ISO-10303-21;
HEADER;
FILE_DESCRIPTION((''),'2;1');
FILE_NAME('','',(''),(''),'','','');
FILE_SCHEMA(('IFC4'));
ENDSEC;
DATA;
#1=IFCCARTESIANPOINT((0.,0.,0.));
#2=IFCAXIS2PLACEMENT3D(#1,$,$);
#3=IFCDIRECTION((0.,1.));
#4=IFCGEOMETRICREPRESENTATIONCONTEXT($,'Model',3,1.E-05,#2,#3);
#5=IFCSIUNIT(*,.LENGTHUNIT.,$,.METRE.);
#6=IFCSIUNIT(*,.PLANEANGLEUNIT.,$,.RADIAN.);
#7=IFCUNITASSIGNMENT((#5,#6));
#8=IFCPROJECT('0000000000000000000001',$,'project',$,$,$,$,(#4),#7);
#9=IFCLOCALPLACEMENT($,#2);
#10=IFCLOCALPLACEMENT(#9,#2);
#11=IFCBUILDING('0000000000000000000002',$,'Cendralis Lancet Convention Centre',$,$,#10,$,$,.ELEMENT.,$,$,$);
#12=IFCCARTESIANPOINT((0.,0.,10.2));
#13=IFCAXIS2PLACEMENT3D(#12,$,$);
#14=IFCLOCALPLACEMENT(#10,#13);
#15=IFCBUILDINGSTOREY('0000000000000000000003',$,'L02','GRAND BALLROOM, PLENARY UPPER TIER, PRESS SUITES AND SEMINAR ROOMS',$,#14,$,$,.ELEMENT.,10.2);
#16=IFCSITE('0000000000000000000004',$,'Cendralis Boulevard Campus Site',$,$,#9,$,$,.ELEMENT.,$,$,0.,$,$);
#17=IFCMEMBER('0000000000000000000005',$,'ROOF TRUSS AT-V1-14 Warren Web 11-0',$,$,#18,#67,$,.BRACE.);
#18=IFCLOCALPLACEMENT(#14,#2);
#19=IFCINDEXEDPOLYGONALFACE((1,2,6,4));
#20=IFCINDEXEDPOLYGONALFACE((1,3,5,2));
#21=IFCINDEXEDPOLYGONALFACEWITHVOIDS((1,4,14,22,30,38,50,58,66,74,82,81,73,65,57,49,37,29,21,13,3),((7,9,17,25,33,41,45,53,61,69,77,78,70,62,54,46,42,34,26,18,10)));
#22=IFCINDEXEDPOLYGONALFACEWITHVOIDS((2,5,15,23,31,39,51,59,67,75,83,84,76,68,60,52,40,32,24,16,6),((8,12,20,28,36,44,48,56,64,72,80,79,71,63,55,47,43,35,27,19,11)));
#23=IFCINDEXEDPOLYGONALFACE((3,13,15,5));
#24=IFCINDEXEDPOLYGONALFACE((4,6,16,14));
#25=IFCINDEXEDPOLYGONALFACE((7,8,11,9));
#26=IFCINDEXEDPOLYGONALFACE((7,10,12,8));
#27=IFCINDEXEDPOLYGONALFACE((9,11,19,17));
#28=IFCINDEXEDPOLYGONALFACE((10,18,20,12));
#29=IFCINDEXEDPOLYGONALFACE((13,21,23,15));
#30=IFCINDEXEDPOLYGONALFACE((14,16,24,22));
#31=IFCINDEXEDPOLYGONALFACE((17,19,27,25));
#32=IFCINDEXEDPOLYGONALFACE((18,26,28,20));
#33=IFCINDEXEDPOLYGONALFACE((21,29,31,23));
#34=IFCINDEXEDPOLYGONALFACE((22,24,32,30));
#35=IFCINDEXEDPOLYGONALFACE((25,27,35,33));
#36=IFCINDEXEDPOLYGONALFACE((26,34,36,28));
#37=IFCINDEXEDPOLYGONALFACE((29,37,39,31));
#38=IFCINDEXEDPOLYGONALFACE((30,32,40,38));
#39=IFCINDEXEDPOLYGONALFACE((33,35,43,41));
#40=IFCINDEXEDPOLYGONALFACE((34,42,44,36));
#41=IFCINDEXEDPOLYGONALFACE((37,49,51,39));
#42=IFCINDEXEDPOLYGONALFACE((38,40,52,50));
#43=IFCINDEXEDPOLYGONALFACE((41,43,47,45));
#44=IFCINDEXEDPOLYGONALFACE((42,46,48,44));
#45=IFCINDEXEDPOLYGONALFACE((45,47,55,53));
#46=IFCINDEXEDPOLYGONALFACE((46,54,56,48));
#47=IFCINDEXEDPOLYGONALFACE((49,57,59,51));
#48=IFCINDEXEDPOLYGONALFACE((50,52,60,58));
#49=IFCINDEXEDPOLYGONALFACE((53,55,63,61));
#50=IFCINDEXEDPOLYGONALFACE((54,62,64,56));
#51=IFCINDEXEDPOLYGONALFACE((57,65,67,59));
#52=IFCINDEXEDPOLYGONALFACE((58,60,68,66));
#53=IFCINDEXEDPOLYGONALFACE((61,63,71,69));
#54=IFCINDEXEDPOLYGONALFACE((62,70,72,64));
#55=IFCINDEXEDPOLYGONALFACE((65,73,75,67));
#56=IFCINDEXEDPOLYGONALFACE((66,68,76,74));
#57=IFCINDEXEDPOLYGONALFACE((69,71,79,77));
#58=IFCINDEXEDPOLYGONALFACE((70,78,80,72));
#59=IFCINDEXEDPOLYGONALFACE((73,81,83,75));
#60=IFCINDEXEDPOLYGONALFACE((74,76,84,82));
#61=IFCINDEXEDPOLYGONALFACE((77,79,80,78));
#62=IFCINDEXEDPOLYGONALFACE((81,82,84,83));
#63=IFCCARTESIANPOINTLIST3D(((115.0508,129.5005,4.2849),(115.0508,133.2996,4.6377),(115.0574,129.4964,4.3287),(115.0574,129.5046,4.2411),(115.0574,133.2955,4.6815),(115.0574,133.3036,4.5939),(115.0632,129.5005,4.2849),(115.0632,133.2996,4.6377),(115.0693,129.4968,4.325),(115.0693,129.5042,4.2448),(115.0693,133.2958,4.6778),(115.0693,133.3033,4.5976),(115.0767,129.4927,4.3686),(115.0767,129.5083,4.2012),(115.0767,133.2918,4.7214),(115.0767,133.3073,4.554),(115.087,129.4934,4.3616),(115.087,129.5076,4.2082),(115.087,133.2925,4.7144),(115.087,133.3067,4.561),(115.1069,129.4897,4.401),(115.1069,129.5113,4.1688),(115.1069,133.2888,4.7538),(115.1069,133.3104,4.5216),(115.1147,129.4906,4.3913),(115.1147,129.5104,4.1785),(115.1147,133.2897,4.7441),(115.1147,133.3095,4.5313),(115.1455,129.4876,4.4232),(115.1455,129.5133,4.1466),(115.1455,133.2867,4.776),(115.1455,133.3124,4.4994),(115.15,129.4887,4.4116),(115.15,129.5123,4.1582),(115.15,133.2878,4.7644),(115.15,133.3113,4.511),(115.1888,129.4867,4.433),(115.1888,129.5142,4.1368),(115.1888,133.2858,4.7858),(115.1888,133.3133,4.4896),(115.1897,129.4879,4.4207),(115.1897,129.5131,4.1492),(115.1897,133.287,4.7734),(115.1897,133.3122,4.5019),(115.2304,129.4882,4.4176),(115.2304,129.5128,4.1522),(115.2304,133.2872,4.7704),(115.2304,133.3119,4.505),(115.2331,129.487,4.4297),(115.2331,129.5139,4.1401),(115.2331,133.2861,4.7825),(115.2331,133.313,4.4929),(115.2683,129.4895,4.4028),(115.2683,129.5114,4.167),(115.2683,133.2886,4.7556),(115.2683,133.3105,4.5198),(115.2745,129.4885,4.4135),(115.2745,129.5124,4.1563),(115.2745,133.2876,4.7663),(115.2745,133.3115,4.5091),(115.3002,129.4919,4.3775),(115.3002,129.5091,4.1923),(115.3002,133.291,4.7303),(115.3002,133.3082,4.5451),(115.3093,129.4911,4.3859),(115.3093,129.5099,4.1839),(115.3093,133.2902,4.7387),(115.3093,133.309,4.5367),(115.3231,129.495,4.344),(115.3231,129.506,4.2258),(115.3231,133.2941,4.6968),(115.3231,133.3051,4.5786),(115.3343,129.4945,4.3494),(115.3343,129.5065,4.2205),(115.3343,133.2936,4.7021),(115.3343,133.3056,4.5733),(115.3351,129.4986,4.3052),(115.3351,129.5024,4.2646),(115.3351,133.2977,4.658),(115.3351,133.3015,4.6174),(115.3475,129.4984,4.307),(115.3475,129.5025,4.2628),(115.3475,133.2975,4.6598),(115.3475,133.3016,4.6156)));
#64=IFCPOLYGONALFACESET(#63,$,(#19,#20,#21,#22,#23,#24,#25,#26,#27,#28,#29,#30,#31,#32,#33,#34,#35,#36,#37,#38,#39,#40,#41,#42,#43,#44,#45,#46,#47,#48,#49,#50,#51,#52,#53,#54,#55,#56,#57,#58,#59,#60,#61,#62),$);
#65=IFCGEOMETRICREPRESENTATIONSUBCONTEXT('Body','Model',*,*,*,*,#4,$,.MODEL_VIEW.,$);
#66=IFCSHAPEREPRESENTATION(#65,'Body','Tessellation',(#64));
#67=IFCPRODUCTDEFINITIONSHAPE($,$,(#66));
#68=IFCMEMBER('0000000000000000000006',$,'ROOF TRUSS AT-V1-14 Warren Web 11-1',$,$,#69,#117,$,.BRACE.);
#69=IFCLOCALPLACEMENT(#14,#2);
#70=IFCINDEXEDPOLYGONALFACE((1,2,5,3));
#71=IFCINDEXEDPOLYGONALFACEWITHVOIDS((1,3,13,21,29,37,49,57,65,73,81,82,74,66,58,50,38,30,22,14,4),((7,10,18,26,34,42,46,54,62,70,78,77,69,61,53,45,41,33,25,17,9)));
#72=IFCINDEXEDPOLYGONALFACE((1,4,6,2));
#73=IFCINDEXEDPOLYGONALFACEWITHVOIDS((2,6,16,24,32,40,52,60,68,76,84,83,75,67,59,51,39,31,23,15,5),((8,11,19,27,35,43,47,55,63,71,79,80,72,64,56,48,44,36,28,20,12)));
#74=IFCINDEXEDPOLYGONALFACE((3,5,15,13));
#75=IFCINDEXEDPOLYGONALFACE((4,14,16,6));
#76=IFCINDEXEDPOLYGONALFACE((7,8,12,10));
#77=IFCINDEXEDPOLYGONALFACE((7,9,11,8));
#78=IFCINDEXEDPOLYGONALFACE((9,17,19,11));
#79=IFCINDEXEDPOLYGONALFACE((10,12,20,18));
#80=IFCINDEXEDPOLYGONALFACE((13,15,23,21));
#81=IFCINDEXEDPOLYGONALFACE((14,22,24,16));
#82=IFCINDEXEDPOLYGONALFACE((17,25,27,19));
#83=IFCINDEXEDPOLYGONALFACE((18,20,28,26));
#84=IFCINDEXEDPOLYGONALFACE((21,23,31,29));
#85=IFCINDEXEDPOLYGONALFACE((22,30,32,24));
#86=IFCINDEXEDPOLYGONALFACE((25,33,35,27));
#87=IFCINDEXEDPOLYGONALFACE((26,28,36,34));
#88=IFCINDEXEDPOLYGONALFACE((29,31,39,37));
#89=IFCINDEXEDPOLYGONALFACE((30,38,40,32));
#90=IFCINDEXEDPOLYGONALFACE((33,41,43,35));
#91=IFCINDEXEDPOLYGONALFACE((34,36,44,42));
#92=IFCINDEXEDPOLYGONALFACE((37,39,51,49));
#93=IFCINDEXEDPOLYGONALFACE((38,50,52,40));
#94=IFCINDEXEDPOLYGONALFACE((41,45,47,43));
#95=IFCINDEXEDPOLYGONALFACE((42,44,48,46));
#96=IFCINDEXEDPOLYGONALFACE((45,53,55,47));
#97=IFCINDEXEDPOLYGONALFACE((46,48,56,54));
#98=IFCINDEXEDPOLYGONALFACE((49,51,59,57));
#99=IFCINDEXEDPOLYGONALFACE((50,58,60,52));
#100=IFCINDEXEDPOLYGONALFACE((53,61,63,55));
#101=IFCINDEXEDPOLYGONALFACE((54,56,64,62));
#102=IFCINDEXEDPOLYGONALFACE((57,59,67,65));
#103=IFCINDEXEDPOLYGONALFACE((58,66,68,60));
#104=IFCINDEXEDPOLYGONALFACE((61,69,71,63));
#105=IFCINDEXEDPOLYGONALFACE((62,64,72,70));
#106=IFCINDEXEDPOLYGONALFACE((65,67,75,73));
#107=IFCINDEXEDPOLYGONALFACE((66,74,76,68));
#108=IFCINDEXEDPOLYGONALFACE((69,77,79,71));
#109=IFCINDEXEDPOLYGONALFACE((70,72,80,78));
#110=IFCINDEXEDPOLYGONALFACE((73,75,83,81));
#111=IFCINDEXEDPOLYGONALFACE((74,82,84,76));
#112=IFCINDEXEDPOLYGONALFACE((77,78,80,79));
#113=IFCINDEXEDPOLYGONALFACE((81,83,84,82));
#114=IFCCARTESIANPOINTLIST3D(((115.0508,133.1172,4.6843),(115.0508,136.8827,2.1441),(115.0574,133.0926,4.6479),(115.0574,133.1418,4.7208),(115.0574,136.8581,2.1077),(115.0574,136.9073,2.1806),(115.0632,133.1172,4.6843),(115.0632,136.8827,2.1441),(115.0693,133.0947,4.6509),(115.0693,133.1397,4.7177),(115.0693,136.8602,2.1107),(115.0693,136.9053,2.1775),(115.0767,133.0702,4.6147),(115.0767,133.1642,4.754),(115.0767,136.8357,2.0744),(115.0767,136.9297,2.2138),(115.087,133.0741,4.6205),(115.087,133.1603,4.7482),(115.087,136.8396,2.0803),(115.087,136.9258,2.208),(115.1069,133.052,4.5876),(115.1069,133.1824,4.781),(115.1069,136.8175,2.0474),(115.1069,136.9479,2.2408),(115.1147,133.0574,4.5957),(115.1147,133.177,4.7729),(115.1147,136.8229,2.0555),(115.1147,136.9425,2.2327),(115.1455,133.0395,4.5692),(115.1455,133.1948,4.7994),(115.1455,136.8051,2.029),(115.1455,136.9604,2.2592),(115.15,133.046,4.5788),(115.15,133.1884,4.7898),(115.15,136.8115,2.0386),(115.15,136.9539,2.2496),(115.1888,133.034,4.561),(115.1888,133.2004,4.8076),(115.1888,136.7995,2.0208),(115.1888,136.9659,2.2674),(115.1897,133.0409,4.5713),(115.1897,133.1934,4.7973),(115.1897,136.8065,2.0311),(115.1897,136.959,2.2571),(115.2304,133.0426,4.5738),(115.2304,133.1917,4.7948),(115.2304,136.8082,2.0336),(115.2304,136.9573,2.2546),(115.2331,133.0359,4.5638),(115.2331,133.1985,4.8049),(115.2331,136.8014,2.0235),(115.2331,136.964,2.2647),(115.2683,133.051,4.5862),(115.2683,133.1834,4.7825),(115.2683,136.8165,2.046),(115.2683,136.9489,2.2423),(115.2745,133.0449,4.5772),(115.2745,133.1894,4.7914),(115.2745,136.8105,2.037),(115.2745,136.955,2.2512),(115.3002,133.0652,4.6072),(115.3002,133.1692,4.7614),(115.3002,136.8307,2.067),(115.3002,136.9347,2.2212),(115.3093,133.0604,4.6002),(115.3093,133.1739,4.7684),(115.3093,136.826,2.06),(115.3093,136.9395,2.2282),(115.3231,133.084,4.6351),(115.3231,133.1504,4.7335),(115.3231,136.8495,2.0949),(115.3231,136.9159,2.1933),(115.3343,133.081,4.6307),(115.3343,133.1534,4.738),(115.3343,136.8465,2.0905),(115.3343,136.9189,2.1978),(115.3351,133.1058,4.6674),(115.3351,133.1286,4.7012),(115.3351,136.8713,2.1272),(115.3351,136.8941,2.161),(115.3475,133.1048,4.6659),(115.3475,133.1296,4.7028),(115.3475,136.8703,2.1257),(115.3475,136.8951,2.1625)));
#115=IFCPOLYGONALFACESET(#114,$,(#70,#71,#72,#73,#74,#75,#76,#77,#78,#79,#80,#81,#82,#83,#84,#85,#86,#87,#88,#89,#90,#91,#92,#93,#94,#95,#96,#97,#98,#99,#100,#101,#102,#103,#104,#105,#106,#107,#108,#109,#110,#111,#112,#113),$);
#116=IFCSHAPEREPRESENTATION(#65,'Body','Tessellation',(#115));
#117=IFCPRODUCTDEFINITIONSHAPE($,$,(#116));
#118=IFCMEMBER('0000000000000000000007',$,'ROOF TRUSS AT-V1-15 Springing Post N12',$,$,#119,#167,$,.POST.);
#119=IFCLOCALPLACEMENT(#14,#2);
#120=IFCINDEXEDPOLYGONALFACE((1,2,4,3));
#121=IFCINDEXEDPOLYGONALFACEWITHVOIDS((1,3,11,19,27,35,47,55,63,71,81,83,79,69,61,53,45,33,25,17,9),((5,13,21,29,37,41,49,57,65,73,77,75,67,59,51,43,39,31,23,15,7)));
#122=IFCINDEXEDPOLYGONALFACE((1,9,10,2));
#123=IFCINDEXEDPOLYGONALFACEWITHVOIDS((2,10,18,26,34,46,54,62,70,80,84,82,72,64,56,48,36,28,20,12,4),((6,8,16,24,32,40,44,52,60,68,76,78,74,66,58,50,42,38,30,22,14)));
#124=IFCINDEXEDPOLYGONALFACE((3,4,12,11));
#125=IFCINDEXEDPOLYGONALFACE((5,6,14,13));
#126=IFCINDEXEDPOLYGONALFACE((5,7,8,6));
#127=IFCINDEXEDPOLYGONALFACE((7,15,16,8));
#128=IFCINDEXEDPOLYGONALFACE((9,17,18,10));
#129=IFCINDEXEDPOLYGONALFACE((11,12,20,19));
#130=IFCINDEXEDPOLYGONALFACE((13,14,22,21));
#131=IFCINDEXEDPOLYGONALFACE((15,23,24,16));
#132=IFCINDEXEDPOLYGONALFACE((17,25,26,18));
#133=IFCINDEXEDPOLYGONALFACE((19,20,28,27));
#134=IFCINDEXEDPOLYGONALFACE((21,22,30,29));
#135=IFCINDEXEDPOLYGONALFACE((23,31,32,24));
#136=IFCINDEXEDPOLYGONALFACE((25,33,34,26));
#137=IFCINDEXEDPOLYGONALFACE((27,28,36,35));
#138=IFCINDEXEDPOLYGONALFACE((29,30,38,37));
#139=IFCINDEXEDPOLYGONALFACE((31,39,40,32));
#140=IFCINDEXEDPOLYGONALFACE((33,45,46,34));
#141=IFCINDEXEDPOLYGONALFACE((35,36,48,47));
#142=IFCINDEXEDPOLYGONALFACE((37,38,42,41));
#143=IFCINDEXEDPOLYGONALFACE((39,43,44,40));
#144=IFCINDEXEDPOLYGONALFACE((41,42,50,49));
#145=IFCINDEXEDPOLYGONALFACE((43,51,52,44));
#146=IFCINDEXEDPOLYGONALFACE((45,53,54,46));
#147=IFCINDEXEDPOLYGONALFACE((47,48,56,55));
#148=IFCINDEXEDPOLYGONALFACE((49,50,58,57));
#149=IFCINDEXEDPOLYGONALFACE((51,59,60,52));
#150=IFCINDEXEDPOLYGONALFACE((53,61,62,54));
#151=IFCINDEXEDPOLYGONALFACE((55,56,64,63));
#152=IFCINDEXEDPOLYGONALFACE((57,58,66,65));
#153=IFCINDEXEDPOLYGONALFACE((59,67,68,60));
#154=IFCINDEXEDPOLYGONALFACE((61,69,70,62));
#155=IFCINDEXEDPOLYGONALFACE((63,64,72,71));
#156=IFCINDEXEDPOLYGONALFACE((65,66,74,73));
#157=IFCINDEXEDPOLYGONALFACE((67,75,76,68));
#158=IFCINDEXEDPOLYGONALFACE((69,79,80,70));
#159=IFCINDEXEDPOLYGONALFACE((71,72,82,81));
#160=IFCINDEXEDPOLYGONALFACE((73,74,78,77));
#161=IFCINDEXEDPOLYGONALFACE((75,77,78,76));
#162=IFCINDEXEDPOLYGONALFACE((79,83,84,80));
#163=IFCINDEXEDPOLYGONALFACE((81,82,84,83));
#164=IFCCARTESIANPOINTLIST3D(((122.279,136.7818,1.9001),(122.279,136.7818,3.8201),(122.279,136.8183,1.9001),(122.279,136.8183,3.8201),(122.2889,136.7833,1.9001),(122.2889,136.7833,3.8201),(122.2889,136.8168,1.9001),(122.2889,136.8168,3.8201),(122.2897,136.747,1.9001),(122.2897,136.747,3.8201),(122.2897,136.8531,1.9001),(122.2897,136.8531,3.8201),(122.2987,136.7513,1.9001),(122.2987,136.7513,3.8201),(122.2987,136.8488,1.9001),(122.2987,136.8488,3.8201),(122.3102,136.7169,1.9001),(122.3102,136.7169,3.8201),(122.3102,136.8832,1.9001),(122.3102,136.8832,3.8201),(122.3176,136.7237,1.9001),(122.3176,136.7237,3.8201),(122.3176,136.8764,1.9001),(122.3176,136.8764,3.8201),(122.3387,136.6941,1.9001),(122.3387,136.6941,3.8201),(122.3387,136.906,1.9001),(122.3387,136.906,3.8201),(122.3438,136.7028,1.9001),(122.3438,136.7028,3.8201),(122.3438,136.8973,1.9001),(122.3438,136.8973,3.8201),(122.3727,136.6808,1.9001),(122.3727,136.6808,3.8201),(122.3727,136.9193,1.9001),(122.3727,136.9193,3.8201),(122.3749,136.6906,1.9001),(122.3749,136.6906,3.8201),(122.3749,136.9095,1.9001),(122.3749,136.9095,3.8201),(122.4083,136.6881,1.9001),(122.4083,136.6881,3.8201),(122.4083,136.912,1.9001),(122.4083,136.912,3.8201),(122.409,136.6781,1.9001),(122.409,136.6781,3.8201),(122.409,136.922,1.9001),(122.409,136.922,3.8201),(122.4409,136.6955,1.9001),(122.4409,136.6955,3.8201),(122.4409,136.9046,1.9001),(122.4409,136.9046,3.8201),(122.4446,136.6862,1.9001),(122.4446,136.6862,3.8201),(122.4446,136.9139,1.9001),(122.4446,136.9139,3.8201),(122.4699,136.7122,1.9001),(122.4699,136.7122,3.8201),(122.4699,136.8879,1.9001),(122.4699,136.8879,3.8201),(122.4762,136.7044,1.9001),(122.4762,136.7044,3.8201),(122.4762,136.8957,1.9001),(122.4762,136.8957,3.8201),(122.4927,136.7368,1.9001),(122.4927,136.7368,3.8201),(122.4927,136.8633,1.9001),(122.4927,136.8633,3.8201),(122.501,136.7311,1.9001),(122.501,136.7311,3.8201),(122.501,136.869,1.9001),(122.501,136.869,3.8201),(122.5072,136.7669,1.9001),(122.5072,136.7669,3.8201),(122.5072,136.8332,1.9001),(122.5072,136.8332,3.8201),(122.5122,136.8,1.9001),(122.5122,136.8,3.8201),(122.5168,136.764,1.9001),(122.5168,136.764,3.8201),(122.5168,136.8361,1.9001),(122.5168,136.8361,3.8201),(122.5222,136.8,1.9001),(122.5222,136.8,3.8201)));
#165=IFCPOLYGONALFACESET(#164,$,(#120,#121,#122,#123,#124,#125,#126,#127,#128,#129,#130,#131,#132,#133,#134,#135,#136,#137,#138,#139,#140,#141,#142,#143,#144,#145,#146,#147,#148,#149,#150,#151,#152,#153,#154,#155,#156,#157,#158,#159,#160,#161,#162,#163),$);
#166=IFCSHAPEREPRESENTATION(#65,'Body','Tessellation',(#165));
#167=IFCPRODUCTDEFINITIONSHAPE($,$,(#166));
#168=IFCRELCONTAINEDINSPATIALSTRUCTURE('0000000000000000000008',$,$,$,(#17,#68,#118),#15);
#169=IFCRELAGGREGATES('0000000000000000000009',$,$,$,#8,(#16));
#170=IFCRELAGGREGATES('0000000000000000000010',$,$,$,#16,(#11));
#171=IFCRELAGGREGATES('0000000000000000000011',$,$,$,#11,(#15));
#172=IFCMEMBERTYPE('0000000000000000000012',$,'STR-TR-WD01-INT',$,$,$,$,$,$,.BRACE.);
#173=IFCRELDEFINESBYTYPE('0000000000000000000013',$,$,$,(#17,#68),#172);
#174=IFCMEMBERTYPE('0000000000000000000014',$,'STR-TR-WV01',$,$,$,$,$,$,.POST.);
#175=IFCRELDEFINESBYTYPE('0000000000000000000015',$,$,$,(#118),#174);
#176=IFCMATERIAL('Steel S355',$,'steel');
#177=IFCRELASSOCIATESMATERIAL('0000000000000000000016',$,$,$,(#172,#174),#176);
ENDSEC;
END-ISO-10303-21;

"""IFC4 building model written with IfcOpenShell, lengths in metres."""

from ifc_helpers import new_model, si_unit, direction, frame, origin, origin_2d, place, context, subcontext, project, spatial, hollow_circle, extrude, material, material_profile, profile_set, type_object, element, save


model = new_model("IFC4")

# Units and contexts
model_context = context("Model", 3, precision=1e-05, world=origin(), true_north=direction((0.0, 1.0)))
body_context = subcontext(model_context, "Body", "Model", "MODEL_VIEW")
ifc_project = project(units=[si_unit("LENGTHUNIT", "METRE"), si_unit("PLANEANGLEUNIT", "RADIAN")], contexts=[model_context])

# Site, building, storey
site_placement = place(None, origin())
site = spatial("IfcSite", under=ifc_project, at=site_placement, Name="Cendralis Boulevard Campus Site", CompositionType="ELEMENT", RefElevation=0.0)
building_placement = place(site_placement, origin())
building = spatial("IfcBuilding", under=site, at=building_placement, Name="Cendralis Lancet Convention Centre", CompositionType="ELEMENT")
storey_placement = place(building_placement, frame((0.0, 0.0, 10.2)))
storey = spatial("IfcBuildingStorey", under=building, at=storey_placement, Name="L02", Description="GRAND BALLROOM, PLENARY UPPER TIER, PRESS SUITES AND SEMINAR ROOMS", CompositionType="ELEMENT", Elevation=10.2)

# Members
ifc_material_1 = material(Name="Steel S355", Category="steel")
ifc_material_profile_1 = material_profile(ifc_material_1, hollow_circle(Radius=0.1492, WallThickness=0.0125, at=origin_2d()), Name="CHS 298.5x12.5")
ifc_profile_set_1 = profile_set([ifc_material_profile_1], Name="Steel S355")
member_type_1 = type_object("IfcMemberType", Name="STR-TR-WD01-INT", PredefinedType="BRACE", material=ifc_profile_set_1)
member_1_placement = place(storey_placement, frame((115.2, 129.5005, 4.2849), z_axis=(0.0, 0.995716, 0.092463), x_axis=(-1.0, 0.0, 0.0)))
element("IfcMember", 1, at=member_1_placement, inside=storey, type_object=member_type_1, Name="ROOF TRUSS AT-V1-14 Warren Web 11-0", PredefinedType="BRACE", context=body_context, shape_type="SweptSolid", body=[
    extrude(hollow_circle(Radius=0.1492, WallThickness=0.0125, at=origin_2d()), origin(), (0.0, 0.0, 1.0), 3.8154),
])
member_2_placement = place(storey_placement, frame((115.2, 133.1172, 4.6843), z_axis=(0.0, 0.829003, -0.559244), x_axis=(-1.0, 0.0, 0.0)))
element("IfcMember", 2, at=member_2_placement, inside=storey, type_object=member_type_1, Name="ROOF TRUSS AT-V1-14 Warren Web 11-1", PredefinedType="BRACE", context=body_context, shape_type="SweptSolid", body=[
    extrude(hollow_circle(Radius=0.1492, WallThickness=0.0125, at=origin_2d()), origin(), (0.0, 0.0, 1.0), 4.5422),
])
ifc_material_profile_2 = material_profile(ifc_material_1, hollow_circle(Radius=0.1223, WallThickness=0.01, at=origin_2d()), Name="CHS 244.5x10.0")
ifc_profile_set_2 = profile_set([ifc_material_profile_2], Name="Steel S355")
member_type_2 = type_object("IfcMemberType", Name="STR-TR-WV01", PredefinedType="POST", material=ifc_profile_set_2)
member_3_placement = place(storey_placement, frame((122.3999, 136.8, 1.9001), z_axis=(0.0, 0.0, 1.0), x_axis=(1.0, 0.0, 0.0)))
element("IfcMember", 3, at=member_3_placement, inside=storey, type_object=member_type_2, Name="ROOF TRUSS AT-V1-15 Springing Post N12", PredefinedType="POST", context=body_context, shape_type="SweptSolid", body=[
    extrude(hollow_circle(Radius=0.1223, WallThickness=0.01, at=origin_2d()), origin(), (0.0, 0.0, 1.0), 1.9199),
])

save(model, "model.ifc")
